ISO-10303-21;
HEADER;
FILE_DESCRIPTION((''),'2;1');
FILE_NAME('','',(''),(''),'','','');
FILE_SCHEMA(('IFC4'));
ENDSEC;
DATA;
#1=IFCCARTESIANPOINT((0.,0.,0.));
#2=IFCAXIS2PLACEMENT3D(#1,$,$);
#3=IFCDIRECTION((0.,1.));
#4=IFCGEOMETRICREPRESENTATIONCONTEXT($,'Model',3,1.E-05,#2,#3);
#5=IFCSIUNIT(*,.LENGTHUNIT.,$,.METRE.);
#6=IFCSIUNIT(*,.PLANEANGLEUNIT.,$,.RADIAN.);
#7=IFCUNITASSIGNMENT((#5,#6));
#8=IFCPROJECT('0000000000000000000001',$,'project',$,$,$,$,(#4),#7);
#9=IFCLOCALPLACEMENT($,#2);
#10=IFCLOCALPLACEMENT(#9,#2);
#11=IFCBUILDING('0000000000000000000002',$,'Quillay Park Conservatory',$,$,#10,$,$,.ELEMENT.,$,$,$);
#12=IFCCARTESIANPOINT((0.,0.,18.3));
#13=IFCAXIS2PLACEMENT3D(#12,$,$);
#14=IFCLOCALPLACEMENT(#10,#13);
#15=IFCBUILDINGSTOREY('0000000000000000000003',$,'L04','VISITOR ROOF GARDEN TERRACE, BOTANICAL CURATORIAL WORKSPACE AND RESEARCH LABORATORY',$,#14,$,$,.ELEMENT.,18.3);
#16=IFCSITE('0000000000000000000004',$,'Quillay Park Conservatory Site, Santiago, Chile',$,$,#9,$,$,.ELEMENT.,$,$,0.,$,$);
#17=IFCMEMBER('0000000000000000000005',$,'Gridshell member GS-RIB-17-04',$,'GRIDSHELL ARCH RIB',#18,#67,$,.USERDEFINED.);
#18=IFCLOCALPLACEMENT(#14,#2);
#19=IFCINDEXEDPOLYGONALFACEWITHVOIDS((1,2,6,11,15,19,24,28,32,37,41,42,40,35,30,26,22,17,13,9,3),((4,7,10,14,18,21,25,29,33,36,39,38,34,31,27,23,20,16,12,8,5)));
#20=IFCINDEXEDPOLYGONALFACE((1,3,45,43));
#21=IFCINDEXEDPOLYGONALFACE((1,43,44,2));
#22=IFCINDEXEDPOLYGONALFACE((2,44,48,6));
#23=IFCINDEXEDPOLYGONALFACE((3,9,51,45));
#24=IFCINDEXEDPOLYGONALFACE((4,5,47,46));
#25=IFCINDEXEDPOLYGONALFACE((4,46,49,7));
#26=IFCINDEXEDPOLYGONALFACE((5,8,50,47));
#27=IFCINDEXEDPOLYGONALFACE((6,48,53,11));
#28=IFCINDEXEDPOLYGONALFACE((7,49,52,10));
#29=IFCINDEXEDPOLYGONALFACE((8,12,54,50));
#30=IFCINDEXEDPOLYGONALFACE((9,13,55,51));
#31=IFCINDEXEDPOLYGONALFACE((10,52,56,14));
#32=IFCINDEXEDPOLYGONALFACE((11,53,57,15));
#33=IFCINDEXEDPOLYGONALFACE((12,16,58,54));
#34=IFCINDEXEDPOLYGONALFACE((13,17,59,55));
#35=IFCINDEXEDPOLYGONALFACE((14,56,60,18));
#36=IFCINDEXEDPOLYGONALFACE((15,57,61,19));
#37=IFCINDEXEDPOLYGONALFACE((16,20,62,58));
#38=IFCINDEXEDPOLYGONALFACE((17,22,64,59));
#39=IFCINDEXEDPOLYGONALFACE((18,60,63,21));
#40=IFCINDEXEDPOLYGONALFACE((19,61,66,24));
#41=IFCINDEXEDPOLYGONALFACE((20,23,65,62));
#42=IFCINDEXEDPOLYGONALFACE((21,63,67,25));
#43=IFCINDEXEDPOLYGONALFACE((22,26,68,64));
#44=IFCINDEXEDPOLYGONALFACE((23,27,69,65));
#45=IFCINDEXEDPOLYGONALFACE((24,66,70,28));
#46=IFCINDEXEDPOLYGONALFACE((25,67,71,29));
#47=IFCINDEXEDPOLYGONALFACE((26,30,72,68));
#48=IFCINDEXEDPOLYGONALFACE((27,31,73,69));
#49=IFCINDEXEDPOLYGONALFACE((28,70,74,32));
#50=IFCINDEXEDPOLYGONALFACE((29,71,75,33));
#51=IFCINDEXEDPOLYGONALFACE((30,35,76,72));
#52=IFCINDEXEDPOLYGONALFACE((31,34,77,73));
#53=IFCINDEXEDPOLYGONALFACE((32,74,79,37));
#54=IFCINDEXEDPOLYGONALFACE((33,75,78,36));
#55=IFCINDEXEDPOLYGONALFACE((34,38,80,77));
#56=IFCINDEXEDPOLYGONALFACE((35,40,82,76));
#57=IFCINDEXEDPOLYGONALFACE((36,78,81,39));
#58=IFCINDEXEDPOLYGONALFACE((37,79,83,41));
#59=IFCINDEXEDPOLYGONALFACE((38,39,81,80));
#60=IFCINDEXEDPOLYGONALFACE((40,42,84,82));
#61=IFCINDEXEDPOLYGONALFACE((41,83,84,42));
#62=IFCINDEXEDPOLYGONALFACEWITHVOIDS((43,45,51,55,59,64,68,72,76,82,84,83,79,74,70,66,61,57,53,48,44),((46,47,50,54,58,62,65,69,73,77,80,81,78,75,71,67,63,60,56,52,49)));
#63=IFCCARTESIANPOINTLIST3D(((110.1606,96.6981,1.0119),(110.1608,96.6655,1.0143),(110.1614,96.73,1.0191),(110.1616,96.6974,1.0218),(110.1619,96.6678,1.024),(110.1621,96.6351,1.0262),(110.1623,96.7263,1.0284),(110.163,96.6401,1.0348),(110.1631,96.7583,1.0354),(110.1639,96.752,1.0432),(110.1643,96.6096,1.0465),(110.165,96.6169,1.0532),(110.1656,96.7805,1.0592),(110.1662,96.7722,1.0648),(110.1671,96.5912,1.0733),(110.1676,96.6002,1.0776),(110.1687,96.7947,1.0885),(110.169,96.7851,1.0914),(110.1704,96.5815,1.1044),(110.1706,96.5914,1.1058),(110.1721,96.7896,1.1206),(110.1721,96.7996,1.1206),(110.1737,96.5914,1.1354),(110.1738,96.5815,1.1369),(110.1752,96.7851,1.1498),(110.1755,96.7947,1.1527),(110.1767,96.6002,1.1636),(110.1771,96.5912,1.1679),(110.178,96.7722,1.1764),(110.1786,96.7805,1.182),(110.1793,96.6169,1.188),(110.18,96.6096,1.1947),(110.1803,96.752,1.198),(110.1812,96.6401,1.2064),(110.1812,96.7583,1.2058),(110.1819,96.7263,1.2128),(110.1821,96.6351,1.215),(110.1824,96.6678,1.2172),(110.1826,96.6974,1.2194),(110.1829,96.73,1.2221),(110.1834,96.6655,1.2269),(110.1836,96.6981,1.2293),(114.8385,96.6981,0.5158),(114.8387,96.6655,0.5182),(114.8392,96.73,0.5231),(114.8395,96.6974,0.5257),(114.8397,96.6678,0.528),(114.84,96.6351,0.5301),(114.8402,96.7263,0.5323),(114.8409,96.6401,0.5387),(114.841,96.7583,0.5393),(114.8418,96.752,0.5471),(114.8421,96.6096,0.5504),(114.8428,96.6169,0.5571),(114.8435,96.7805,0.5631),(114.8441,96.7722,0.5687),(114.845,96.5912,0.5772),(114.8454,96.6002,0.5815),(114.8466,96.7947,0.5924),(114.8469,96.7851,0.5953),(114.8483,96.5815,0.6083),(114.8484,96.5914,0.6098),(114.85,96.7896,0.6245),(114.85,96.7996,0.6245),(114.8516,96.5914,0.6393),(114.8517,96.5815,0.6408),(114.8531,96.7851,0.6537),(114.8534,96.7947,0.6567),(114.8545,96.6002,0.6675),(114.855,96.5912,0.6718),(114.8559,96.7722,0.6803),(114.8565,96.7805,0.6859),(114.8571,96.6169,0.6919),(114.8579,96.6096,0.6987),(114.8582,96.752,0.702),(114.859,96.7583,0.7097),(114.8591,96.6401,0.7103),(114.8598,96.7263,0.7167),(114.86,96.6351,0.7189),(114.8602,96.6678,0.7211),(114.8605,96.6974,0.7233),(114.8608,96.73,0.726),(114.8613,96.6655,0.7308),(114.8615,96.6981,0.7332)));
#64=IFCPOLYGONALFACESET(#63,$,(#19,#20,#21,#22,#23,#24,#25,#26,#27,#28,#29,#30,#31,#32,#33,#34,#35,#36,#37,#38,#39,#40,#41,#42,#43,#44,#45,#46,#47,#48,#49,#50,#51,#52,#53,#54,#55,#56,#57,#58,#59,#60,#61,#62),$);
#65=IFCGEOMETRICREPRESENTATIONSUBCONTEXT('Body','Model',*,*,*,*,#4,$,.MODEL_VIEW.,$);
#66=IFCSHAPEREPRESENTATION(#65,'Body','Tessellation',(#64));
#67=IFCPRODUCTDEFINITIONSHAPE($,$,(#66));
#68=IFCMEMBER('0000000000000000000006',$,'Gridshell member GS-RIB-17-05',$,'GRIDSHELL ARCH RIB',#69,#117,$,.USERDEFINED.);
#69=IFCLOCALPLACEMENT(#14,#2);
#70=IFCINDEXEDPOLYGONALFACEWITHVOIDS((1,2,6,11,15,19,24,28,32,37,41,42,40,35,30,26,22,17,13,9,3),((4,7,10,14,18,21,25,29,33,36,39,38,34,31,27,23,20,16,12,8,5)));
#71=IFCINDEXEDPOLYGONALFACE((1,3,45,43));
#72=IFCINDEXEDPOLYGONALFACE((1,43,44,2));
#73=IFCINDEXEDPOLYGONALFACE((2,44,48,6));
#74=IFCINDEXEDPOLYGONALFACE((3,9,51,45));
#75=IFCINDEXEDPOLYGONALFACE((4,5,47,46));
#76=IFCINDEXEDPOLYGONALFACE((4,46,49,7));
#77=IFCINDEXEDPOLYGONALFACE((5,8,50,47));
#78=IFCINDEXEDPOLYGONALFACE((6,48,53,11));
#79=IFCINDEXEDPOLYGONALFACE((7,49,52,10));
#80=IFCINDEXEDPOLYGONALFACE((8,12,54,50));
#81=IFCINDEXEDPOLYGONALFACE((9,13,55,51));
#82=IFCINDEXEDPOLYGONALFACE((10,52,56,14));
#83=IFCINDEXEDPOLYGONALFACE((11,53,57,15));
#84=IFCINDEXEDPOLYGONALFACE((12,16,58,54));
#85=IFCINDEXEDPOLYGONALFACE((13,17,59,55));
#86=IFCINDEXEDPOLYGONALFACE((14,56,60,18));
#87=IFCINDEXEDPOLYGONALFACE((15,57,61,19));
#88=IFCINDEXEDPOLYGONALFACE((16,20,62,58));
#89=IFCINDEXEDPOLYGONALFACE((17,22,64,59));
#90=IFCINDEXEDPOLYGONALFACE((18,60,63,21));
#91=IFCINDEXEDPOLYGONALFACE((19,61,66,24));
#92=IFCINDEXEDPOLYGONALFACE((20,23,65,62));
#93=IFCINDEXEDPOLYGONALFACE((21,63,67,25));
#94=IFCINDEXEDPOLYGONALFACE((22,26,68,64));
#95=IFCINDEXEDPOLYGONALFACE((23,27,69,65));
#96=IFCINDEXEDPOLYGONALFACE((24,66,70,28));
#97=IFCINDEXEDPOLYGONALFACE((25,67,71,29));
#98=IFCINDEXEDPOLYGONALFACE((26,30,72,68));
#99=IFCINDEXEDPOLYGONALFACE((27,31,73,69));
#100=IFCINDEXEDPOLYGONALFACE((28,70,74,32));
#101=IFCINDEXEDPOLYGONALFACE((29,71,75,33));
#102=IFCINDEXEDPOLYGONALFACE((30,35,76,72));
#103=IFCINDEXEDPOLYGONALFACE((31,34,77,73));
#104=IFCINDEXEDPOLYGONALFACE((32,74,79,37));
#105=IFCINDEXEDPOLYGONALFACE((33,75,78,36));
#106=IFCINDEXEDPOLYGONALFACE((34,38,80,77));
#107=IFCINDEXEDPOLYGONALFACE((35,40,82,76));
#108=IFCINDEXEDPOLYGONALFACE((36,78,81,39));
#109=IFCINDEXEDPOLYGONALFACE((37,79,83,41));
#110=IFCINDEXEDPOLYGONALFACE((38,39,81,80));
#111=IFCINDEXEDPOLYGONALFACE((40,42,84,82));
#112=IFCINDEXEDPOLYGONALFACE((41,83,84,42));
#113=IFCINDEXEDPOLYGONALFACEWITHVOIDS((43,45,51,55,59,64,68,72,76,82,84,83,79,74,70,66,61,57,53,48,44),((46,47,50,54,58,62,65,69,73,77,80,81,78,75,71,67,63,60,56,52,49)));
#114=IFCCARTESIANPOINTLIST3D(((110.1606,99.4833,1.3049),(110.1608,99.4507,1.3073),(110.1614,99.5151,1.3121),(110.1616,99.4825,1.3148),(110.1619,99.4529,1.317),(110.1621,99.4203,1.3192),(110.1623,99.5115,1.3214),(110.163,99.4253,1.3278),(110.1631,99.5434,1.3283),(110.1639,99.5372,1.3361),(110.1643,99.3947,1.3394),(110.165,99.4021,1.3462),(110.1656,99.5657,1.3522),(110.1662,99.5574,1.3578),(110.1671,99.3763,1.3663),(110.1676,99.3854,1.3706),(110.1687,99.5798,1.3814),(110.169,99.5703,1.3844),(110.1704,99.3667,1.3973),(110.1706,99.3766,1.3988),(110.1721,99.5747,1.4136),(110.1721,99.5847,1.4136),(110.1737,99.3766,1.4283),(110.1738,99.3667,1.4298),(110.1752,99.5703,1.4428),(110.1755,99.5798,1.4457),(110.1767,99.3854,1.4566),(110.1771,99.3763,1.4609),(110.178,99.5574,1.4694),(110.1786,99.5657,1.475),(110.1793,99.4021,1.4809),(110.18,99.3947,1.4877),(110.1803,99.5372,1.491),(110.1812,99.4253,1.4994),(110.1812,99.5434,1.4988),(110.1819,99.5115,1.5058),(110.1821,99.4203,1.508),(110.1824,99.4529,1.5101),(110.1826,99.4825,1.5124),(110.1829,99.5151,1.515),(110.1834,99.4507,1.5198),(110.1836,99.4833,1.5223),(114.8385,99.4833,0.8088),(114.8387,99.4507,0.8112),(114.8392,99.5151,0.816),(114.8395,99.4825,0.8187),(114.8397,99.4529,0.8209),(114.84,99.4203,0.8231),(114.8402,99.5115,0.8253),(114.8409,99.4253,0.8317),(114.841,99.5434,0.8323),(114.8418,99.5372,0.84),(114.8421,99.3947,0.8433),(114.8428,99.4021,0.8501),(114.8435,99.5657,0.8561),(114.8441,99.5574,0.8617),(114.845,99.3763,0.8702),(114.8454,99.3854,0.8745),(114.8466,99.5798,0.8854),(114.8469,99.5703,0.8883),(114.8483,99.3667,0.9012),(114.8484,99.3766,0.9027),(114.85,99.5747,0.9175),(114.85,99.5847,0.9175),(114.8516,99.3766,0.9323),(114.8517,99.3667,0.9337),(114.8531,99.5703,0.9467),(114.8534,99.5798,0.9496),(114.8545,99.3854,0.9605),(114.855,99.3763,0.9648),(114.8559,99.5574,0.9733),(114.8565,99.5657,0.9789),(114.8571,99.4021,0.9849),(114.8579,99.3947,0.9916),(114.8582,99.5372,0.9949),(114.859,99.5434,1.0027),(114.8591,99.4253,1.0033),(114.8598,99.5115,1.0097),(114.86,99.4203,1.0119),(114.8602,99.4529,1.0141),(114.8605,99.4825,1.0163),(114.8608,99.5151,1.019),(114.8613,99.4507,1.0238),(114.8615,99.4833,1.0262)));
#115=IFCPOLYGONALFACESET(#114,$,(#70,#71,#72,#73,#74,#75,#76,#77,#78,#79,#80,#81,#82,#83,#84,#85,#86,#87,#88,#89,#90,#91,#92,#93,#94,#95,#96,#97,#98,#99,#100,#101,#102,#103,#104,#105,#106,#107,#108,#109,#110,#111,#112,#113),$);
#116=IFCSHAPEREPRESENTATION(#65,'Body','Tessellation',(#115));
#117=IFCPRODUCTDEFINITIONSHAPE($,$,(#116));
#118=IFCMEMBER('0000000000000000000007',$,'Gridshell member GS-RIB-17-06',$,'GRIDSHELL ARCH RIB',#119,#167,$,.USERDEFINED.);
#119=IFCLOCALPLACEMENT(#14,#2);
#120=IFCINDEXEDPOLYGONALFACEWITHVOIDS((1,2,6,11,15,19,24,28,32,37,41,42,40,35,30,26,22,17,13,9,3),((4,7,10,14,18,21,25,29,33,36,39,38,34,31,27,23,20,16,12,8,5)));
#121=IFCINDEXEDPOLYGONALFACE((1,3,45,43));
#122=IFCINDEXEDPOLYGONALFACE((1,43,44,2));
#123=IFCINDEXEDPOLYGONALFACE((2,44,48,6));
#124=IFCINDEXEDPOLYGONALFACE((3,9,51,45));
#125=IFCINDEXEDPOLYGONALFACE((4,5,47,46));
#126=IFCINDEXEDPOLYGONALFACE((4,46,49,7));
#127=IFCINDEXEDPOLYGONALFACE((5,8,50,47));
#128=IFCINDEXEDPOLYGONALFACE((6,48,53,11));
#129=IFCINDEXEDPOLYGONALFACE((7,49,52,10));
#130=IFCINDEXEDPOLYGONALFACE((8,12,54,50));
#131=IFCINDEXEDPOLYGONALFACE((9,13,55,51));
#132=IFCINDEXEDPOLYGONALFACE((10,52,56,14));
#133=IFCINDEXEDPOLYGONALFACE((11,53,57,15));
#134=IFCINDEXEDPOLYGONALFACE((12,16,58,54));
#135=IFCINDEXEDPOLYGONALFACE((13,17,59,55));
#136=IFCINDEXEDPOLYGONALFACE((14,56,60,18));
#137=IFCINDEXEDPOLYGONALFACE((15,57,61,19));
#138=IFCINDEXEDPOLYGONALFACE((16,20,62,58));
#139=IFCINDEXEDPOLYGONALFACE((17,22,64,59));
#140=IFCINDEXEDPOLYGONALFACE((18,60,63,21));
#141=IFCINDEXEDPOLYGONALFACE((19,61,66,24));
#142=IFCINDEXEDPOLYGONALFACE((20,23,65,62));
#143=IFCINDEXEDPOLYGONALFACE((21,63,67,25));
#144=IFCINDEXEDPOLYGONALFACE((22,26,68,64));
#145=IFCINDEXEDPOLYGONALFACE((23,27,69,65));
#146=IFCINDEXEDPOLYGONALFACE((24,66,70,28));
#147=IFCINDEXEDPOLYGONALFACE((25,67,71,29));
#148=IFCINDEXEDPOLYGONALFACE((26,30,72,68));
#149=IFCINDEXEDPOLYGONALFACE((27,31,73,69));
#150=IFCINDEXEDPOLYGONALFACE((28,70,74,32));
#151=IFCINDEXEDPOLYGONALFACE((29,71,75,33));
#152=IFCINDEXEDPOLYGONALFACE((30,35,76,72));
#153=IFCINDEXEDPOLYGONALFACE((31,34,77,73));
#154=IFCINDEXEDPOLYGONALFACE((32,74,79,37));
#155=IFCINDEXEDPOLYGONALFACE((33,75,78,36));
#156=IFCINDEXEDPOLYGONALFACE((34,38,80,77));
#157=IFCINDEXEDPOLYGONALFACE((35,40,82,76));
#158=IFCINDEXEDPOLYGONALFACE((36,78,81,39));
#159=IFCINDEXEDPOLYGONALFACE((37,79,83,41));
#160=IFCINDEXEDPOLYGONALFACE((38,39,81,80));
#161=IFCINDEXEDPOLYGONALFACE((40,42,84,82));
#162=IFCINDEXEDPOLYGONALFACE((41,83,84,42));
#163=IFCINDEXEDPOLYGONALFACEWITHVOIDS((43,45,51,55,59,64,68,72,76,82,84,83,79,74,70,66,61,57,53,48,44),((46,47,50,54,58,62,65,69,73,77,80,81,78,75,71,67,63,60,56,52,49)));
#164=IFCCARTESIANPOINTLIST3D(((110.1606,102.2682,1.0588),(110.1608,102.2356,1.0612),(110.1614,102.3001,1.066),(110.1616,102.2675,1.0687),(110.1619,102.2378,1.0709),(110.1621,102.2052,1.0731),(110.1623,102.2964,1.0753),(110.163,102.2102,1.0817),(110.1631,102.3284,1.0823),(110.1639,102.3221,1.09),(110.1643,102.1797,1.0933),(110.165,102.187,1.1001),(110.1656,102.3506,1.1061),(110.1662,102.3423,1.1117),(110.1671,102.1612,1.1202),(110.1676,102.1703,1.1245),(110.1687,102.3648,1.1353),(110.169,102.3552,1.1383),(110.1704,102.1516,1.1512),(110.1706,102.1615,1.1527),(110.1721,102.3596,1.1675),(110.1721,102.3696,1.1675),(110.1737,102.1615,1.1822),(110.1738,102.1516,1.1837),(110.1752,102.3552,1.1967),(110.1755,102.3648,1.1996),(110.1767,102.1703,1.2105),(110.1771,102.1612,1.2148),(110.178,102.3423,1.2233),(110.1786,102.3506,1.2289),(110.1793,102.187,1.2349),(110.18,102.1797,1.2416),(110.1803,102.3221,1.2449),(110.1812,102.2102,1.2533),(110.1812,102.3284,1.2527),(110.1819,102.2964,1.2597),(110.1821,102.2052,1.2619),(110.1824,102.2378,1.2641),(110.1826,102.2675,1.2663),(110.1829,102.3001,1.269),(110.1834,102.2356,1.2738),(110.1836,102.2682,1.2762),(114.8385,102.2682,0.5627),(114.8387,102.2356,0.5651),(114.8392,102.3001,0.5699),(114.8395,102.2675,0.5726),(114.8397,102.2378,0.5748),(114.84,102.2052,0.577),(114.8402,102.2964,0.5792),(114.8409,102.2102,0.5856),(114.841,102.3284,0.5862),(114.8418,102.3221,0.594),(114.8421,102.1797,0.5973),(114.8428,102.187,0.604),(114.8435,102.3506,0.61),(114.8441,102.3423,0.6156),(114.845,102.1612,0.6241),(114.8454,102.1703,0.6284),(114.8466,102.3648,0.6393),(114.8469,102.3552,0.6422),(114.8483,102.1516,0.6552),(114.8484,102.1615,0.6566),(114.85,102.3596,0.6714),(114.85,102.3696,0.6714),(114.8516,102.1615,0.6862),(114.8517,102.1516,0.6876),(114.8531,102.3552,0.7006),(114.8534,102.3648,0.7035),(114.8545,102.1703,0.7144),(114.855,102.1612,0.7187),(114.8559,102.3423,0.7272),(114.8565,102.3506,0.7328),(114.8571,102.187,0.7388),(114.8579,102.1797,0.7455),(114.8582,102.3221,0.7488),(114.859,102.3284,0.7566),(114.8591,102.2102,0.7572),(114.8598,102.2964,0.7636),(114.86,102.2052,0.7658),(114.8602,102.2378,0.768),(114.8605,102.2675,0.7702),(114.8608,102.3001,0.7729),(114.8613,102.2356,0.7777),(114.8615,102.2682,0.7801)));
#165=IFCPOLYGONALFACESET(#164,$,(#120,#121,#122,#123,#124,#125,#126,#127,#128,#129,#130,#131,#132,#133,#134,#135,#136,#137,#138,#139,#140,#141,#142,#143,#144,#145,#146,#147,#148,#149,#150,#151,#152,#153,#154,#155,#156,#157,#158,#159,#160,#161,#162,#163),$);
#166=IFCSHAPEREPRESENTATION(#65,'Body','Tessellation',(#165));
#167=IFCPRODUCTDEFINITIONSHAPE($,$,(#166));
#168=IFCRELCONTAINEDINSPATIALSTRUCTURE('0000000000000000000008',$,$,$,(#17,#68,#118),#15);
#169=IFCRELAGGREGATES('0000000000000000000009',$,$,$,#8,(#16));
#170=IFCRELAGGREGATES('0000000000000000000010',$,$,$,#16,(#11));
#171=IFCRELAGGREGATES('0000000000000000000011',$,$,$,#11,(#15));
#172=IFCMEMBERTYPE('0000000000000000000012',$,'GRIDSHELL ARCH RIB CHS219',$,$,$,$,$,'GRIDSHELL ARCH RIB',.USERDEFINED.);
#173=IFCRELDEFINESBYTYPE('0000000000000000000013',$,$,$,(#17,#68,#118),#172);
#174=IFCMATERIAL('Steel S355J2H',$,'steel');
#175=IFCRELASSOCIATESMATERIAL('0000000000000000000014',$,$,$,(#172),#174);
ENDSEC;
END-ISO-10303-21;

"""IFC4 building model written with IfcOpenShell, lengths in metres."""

from ifc_helpers import new_model, si_unit, direction, frame, origin, origin_2d, place, context, subcontext, project, spatial, hollow_circle, extrude, material, material_profile, profile_set, type_object, element, save


model = new_model("IFC4")

# Units and contexts
model_context = context("Model", 3, precision=1e-05, world=origin(), true_north=direction((0.0, 1.0)))
body_context = subcontext(model_context, "Body", "Model", "MODEL_VIEW")
ifc_project = project(units=[si_unit("LENGTHUNIT", "METRE"), si_unit("PLANEANGLEUNIT", "RADIAN")], contexts=[model_context])

# Site, building, storey
site_placement = place(None, origin())
site = spatial("IfcSite", under=ifc_project, at=site_placement, Name="Quillay Park Conservatory Site, Santiago, Chile", CompositionType="ELEMENT", RefElevation=0.0)
building_placement = place(site_placement, origin())
building = spatial("IfcBuilding", under=site, at=building_placement, Name="Quillay Park Conservatory", CompositionType="ELEMENT")
storey_placement = place(building_placement, frame((0.0, 0.0, 18.3)))
storey = spatial("IfcBuildingStorey", under=building, at=storey_placement, Name="L04", Description="VISITOR ROOF GARDEN TERRACE, BOTANICAL CURATORIAL WORKSPACE AND RESEARCH LABORATORY", CompositionType="ELEMENT", Elevation=18.3)

# Members
ifc_material_1 = material(Name="Steel S355J2H", Category="steel")
ifc_material_profile_1 = material_profile(ifc_material_1, hollow_circle(Radius=0.1096, WallThickness=0.01, at=origin_2d()), Name="CHS219.1x10")
ifc_profile_set_1 = profile_set([ifc_material_profile_1], Name="Steel S355J2H")
member_type = type_object("IfcMemberType", Name="GRIDSHELL ARCH RIB CHS219", ElementType="GRIDSHELL ARCH RIB", PredefinedType="USERDEFINED", material=ifc_profile_set_1)
for number, where, z_axis, x_axis, name in (
    (1, (110.1721, 96.6899, 1.1206), (0.994424, 0.0, -0.105457), (0.0, 1.0, 0.0), "Gridshell member GS-RIB-17-04"),
    (2, (110.1721, 99.4751, 1.4136), (0.994424, 0.0, -0.105457), (0.0, 1.0, 0.0), "Gridshell member GS-RIB-17-05"),
    (3, (110.1721, 102.26, 1.1675), (0.994424, 0.0, -0.105457), (0.0, 1.0, 0.0), "Gridshell member GS-RIB-17-06"),
):
    element("IfcMember", number, at=place(storey_placement, frame(where, z_axis=z_axis, x_axis=x_axis)), inside=storey, type_object=member_type, Name=name, ObjectType="GRIDSHELL ARCH RIB", PredefinedType="USERDEFINED", context=body_context, shape_type="SweptSolid", body=[
        extrude(hollow_circle(Radius=0.1096, WallThickness=0.01, at=origin_2d()), origin(), (0.0, 0.0, 1.0), 4.7041),
    ])

save(model, "model.ifc")
